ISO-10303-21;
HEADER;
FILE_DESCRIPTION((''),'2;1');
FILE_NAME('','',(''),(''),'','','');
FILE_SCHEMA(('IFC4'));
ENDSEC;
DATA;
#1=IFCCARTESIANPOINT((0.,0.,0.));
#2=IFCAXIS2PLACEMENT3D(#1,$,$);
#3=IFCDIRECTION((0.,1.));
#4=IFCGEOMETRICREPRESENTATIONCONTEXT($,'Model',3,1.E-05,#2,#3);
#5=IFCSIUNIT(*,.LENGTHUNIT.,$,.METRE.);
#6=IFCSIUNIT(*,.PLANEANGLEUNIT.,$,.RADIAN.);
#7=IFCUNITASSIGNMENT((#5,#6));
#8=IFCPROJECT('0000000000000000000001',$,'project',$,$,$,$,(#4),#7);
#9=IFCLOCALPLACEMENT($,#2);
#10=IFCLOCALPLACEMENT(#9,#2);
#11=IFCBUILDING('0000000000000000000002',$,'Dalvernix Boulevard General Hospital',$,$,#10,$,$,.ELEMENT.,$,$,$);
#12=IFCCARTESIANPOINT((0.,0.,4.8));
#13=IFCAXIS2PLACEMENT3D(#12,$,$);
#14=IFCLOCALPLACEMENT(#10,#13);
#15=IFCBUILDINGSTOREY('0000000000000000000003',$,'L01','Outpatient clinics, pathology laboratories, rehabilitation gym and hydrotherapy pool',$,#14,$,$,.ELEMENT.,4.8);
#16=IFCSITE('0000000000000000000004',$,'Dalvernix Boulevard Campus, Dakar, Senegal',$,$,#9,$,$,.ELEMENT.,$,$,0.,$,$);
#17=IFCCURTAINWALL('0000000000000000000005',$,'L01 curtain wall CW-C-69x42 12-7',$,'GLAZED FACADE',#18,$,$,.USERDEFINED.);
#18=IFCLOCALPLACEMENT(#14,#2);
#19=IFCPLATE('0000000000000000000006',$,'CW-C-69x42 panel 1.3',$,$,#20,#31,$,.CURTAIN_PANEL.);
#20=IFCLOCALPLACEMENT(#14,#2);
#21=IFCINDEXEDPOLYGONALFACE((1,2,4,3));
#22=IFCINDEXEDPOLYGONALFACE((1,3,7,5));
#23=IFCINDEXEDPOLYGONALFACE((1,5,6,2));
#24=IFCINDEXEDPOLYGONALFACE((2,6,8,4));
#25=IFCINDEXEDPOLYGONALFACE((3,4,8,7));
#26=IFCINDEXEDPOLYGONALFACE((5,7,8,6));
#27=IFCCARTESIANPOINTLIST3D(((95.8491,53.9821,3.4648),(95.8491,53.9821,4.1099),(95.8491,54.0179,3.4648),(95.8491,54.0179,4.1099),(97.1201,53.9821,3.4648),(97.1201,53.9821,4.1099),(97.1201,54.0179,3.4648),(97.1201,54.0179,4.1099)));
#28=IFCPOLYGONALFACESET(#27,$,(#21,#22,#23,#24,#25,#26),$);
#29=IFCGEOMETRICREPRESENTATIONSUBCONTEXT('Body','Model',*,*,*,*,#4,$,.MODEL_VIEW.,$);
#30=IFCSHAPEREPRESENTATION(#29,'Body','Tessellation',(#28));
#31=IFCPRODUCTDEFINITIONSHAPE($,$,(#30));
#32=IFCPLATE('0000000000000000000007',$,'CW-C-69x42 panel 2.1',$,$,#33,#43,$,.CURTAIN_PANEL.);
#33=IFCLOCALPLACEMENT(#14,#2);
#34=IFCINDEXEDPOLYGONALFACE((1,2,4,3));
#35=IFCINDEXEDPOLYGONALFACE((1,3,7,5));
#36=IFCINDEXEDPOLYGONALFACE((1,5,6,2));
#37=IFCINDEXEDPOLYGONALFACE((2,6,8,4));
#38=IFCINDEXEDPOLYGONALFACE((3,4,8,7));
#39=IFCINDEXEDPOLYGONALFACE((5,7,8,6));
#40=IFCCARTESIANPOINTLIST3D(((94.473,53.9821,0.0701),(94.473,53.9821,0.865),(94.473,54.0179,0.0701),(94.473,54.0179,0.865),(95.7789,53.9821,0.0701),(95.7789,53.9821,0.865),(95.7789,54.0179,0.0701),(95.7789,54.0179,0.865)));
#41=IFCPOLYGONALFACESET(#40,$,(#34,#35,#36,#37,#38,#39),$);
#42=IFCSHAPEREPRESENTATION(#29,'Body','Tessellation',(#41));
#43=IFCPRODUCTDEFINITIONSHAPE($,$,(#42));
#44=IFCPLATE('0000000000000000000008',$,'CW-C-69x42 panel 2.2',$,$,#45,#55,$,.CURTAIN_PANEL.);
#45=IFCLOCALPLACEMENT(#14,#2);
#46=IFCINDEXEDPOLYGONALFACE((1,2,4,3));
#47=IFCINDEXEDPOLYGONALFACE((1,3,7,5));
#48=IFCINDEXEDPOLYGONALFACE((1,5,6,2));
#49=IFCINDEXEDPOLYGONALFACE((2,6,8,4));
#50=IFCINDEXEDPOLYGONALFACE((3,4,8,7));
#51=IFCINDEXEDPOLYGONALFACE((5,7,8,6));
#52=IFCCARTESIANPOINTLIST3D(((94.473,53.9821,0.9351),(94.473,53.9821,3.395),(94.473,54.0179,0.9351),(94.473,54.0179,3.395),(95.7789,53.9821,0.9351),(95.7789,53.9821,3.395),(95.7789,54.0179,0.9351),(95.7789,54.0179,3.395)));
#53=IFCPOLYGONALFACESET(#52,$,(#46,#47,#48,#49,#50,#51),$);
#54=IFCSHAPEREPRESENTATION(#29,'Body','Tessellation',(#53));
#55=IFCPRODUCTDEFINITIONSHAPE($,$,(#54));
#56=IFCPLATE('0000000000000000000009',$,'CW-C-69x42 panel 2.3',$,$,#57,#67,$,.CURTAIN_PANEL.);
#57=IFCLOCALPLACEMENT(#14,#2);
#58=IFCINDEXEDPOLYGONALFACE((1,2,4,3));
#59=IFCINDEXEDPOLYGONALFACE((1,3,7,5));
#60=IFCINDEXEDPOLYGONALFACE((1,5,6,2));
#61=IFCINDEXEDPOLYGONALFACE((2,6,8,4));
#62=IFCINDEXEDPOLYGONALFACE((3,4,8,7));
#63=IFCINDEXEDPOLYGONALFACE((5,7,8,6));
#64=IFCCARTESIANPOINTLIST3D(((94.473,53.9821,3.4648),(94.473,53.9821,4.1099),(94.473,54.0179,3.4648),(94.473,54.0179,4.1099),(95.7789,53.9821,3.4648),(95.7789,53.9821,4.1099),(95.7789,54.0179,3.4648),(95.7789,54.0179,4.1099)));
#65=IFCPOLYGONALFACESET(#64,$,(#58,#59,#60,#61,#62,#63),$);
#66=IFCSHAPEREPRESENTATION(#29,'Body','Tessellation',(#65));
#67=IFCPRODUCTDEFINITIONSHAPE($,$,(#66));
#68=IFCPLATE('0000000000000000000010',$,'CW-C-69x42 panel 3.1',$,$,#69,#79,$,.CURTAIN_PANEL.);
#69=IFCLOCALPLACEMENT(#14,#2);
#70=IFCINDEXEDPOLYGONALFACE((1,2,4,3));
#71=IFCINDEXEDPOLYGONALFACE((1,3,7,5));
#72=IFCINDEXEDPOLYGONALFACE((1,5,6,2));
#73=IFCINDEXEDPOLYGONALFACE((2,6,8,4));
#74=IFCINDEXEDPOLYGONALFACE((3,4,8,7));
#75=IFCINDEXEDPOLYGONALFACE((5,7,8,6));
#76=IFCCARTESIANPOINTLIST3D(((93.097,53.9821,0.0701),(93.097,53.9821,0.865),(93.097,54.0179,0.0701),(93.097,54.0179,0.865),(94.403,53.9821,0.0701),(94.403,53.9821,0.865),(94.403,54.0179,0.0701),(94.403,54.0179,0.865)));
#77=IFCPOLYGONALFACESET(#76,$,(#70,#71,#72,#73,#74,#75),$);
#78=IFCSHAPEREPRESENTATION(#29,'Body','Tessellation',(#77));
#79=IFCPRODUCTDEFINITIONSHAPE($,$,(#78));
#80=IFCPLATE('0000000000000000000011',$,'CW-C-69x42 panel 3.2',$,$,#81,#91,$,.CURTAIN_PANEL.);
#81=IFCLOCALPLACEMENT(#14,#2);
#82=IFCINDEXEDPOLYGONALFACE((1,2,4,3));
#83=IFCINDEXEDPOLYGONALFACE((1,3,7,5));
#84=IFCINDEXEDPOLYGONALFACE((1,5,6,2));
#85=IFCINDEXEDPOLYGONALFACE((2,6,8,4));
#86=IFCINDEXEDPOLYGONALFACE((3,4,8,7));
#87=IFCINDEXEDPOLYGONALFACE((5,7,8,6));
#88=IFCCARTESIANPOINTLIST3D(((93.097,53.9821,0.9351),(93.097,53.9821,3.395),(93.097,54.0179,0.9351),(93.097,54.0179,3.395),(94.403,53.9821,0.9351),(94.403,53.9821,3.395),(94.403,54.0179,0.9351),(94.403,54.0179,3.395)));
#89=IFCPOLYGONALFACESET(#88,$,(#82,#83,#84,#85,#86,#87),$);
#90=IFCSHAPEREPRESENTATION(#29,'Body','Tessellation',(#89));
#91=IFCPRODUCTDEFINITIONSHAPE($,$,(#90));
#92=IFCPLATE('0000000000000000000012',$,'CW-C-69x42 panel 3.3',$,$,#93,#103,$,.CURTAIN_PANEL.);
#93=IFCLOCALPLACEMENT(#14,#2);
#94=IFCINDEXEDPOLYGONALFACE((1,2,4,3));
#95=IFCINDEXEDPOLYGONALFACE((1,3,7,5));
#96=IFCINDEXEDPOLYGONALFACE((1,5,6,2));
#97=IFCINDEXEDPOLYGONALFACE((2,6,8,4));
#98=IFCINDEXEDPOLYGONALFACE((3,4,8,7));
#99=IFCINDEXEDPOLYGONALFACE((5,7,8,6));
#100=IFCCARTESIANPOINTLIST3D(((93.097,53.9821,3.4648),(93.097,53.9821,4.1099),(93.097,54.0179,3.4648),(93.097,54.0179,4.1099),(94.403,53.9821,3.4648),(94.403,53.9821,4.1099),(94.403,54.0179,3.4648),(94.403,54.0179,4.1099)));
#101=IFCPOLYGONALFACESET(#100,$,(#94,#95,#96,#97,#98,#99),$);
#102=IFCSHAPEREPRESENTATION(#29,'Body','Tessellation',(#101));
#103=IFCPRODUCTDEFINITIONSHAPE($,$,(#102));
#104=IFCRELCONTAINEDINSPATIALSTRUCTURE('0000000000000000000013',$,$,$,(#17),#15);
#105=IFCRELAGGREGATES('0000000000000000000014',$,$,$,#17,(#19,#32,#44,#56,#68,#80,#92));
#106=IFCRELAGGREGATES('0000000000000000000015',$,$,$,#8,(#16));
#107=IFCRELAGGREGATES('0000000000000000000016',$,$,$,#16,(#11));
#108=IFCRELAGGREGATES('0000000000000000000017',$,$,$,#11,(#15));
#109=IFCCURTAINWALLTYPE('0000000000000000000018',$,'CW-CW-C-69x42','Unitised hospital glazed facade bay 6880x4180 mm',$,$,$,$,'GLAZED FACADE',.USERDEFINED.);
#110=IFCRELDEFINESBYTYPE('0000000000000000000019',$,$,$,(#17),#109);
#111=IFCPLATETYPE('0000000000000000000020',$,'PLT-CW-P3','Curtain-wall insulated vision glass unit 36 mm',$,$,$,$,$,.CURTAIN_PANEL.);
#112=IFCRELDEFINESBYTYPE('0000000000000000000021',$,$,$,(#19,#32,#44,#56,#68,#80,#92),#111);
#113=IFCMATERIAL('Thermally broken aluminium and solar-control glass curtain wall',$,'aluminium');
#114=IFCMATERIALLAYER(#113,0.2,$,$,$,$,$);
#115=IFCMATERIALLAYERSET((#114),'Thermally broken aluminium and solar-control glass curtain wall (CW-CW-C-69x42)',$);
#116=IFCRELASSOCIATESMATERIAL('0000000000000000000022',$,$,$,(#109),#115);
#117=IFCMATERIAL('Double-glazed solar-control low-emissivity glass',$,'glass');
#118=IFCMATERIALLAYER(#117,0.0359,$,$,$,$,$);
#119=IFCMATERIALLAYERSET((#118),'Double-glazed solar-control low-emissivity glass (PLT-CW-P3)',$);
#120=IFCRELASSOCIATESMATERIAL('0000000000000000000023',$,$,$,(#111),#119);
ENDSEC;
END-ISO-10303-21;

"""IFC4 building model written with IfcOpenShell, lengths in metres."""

from ifc_helpers import new_model, si_unit, direction, frame, origin, origin_2d, place, context, subcontext, project, spatial, rectangle, extrude, material, layer, layer_set, type_object, element, aggregate, save


model = new_model("IFC4")

# Units and contexts
model_context = context("Model", 3, precision=1e-05, world=origin(), true_north=direction((0.0, 1.0)))
body_context = subcontext(model_context, "Body", "Model", "MODEL_VIEW")
ifc_project = project(units=[si_unit("LENGTHUNIT", "METRE"), si_unit("PLANEANGLEUNIT", "RADIAN")], contexts=[model_context])

# Site, building, storey
site_placement = place(None, origin())
site = spatial("IfcSite", under=ifc_project, at=site_placement, Name="Dalvernix Boulevard Campus, Dakar, Senegal", CompositionType="ELEMENT", RefElevation=0.0)
building_placement = place(site_placement, origin())
building = spatial("IfcBuilding", under=site, at=building_placement, Name="Dalvernix Boulevard General Hospital", CompositionType="ELEMENT")
storey_placement = place(building_placement, frame((0.0, 0.0, 4.8)))
storey = spatial("IfcBuildingStorey", under=building, at=storey_placement, Name="L01", Description="Outpatient clinics, pathology laboratories, rehabilitation gym and hydrotherapy pool", CompositionType="ELEMENT", Elevation=4.8)

# Curtain wall, plates
ifc_material_1 = material(Name="Thermally broken aluminium and solar-control glass curtain wall", Category="aluminium")
ifc_layer_1 = layer(ifc_material_1, 0.2)
ifc_layer_set_1 = layer_set([ifc_layer_1], Name="Thermally broken aluminium and solar-control glass curtain wall (CW-CW-C-69x42)")
curtain_wall_type = type_object("IfcCurtainWallType", Name="CW-CW-C-69x42", Description="Unitised hospital glazed facade bay 6880x4180 mm", ElementType="GLAZED FACADE", PredefinedType="USERDEFINED", material=ifc_layer_set_1)
curtain_wall_placement = place(storey_placement, origin())
curtain_wall = element("IfcCurtainWall", 1, at=curtain_wall_placement, inside=storey, type_object=curtain_wall_type, Name="L01 curtain wall CW-C-69x42 12-7", ObjectType="GLAZED FACADE", PredefinedType="USERDEFINED")
ifc_material_2 = material(Name="Double-glazed solar-control low-emissivity glass", Category="glass")
ifc_layer_2 = layer(ifc_material_2, 0.0359)
ifc_layer_set_2 = layer_set([ifc_layer_2], Name="Double-glazed solar-control low-emissivity glass (PLT-CW-P3)")
plate_type = type_object("IfcPlateType", Name="PLT-CW-P3", Description="Curtain-wall insulated vision glass unit 36 mm", PredefinedType="CURTAIN_PANEL", material=ifc_layer_set_2)
plate_1_placement = place(storey_placement, frame((96.4846, 54.0, 3.4648), z_axis=(0.0, 0.0, 1.0), x_axis=(-1.0, 0.0, 0.0)))
plate_1 = element("IfcPlate", 2, at=plate_1_placement, type_object=plate_type, Name="CW-C-69x42 panel 1.3", PredefinedType="CURTAIN_PANEL", context=body_context, shape_type="SweptSolid", body=[
    extrude(rectangle(XDim=1.271, YDim=0.0359, at=origin_2d()), origin(), (0.0, 0.0, 1.0), 0.645),
])
plate_2_placement = place(storey_placement, frame((95.126, 54.0, 0.0701), z_axis=(0.0, 0.0, 1.0), x_axis=(-1.0, 0.0, 0.0)))
plate_2 = element("IfcPlate", 3, at=plate_2_placement, type_object=plate_type, Name="CW-C-69x42 panel 2.1", PredefinedType="CURTAIN_PANEL", context=body_context, shape_type="SweptSolid", body=[
    extrude(rectangle(XDim=1.3059, YDim=0.0359, at=origin_2d()), origin(), (0.0, 0.0, 1.0), 0.7949),
])
plate_3_placement = place(storey_placement, frame((95.126, 54.0, 0.9351), z_axis=(0.0, 0.0, 1.0), x_axis=(-1.0, 0.0, 0.0)))
plate_3 = element("IfcPlate", 4, at=plate_3_placement, type_object=plate_type, Name="CW-C-69x42 panel 2.2", PredefinedType="CURTAIN_PANEL", context=body_context, shape_type="SweptSolid", body=[
    extrude(rectangle(XDim=1.3059, YDim=0.0359, at=origin_2d()), origin(), (0.0, 0.0, 1.0), 2.46),
])
plate_4_placement = place(storey_placement, frame((95.126, 54.0, 3.4648), z_axis=(0.0, 0.0, 1.0), x_axis=(-1.0, 0.0, 0.0)))
plate_4 = element("IfcPlate", 5, at=plate_4_placement, type_object=plate_type, Name="CW-C-69x42 panel 2.3", PredefinedType="CURTAIN_PANEL", context=body_context, shape_type="SweptSolid", body=[
    extrude(rectangle(XDim=1.3059, YDim=0.0359, at=origin_2d()), origin(), (0.0, 0.0, 1.0), 0.645),
])
plate_5_placement = place(storey_placement, frame((93.75, 54.0, 0.0701), z_axis=(0.0, 0.0, 1.0), x_axis=(-1.0, 0.0, 0.0)))
plate_5 = element("IfcPlate", 6, at=plate_5_placement, type_object=plate_type, Name="CW-C-69x42 panel 3.1", PredefinedType="CURTAIN_PANEL", context=body_context, shape_type="SweptSolid", body=[
    extrude(rectangle(XDim=1.3059, YDim=0.0359, at=origin_2d()), origin(), (0.0, 0.0, 1.0), 0.7949),
])
plate_6_placement = place(storey_placement, frame((93.75, 54.0, 0.9351), z_axis=(0.0, 0.0, 1.0), x_axis=(-1.0, 0.0, 0.0)))
plate_6 = element("IfcPlate", 7, at=plate_6_placement, type_object=plate_type, Name="CW-C-69x42 panel 3.2", PredefinedType="CURTAIN_PANEL", context=body_context, shape_type="SweptSolid", body=[
    extrude(rectangle(XDim=1.3059, YDim=0.0359, at=origin_2d()), origin(), (0.0, 0.0, 1.0), 2.46),
])
plate_7_placement = place(storey_placement, frame((93.75, 54.0, 3.4648), z_axis=(0.0, 0.0, 1.0), x_axis=(-1.0, 0.0, 0.0)))
plate_7 = element("IfcPlate", 8, at=plate_7_placement, type_object=plate_type, Name="CW-C-69x42 panel 3.3", PredefinedType="CURTAIN_PANEL", context=body_context, shape_type="SweptSolid", body=[
    extrude(rectangle(XDim=1.3059, YDim=0.0359, at=origin_2d()), origin(), (0.0, 0.0, 1.0), 0.645),
])
aggregate(curtain_wall, [plate_1, plate_2, plate_3, plate_4, plate_5, plate_6, plate_7])

save(model, "model.ifc")
